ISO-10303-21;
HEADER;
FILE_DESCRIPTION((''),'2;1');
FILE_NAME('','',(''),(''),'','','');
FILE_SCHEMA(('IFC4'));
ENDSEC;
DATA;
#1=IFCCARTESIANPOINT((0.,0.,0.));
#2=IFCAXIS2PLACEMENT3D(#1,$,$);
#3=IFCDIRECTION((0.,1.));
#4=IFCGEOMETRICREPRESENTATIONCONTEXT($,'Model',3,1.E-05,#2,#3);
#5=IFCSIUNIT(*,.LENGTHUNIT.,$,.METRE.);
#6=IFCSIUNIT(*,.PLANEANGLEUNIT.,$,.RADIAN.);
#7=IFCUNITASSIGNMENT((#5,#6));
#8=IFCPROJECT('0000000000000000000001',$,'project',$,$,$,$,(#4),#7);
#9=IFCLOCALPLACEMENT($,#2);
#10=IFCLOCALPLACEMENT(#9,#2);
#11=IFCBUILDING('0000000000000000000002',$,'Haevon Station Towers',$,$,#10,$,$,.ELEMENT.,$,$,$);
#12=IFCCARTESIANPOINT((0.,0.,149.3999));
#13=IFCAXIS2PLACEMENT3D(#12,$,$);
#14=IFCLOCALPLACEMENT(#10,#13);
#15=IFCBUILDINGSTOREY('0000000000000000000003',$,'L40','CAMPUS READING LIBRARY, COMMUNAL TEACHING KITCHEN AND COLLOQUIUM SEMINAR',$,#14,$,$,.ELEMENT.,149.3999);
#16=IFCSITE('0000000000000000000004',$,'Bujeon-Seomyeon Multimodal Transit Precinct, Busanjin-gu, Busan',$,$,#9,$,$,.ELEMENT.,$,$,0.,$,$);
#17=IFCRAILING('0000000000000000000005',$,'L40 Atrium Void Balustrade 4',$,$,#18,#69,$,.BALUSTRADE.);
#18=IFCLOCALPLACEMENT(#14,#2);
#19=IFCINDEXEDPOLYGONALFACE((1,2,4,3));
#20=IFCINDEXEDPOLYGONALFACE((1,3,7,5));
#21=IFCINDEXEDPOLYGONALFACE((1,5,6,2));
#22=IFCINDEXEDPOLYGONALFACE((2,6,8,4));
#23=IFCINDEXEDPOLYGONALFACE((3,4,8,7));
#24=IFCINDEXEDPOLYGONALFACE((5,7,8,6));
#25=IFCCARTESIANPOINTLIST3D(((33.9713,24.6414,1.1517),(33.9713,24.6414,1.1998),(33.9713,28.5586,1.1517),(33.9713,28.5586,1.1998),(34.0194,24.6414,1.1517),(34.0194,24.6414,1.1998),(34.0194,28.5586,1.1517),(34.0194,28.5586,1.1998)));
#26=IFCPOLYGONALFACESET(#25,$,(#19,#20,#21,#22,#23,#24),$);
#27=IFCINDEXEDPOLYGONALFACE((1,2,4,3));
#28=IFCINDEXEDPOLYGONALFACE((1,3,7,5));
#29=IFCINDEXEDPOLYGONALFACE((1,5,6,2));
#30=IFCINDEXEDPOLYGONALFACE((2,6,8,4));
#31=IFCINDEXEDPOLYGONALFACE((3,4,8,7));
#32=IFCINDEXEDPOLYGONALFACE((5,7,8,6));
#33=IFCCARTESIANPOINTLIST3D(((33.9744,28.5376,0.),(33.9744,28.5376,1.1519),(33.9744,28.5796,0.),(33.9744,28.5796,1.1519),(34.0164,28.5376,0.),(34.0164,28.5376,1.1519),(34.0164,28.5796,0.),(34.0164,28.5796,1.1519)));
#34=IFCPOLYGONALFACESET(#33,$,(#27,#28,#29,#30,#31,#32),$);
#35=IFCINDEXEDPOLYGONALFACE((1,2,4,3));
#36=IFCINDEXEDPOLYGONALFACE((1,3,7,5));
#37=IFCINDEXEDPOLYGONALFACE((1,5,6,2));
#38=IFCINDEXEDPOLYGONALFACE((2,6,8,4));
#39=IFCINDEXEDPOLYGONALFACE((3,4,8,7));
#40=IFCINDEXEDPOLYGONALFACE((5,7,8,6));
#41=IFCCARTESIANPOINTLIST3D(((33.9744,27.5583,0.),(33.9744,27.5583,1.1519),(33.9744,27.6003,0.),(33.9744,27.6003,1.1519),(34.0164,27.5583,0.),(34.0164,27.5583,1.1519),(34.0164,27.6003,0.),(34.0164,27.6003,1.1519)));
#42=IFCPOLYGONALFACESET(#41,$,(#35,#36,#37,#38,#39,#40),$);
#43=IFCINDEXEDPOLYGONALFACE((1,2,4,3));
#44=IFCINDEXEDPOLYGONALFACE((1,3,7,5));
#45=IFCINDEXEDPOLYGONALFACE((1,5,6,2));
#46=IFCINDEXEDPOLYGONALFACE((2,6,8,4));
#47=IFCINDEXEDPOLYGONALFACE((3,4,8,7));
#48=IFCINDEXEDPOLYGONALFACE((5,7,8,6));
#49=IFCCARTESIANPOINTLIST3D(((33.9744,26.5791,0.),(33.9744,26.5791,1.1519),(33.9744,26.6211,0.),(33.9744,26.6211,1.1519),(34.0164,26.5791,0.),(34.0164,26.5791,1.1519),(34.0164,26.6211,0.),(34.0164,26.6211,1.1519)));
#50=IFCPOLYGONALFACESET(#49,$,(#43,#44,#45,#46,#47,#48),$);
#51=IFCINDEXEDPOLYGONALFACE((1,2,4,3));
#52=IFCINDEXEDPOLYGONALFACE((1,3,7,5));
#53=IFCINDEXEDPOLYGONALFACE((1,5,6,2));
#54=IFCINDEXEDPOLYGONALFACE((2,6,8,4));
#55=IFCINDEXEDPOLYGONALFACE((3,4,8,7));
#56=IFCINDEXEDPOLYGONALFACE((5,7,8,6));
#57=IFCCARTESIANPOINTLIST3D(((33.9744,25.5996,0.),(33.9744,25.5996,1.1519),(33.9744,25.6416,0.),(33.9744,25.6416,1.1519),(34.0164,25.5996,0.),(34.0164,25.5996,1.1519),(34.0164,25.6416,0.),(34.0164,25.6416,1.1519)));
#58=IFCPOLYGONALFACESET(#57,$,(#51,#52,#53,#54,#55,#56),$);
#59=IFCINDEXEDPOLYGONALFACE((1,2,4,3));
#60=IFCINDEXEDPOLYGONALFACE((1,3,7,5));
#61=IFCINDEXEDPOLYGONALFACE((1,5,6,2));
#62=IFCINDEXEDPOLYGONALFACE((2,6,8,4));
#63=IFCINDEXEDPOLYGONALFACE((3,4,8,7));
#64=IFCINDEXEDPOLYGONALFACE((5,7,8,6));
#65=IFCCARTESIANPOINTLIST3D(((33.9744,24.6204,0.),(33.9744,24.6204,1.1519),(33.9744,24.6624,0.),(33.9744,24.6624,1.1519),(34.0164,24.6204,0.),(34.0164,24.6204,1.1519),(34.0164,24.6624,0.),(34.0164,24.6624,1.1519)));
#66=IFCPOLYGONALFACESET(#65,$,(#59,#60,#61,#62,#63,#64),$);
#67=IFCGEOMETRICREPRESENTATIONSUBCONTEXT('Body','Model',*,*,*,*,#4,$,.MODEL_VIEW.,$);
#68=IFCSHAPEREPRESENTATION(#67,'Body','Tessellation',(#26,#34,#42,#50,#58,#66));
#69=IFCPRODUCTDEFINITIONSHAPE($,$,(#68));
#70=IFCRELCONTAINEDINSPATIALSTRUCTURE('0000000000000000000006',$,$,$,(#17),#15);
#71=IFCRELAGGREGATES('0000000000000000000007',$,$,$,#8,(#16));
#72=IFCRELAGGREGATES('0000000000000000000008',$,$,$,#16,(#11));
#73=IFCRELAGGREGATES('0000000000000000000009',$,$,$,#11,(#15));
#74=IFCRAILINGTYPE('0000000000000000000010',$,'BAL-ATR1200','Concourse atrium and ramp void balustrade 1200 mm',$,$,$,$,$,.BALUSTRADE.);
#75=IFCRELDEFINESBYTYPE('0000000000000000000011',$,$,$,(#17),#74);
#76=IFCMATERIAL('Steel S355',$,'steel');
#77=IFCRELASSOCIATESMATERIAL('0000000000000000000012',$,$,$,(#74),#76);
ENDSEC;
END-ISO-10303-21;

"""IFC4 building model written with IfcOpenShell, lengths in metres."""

from ifc_helpers import new_model, si_unit, direction, frame, origin, origin_2d, place, context, subcontext, project, spatial, rectangle, extrude, material, type_object, element, save


model = new_model("IFC4")

# Units and contexts
model_context = context("Model", 3, precision=1e-05, world=origin(), true_north=direction((0.0, 1.0)))
body_context = subcontext(model_context, "Body", "Model", "MODEL_VIEW")
ifc_project = project(units=[si_unit("LENGTHUNIT", "METRE"), si_unit("PLANEANGLEUNIT", "RADIAN")], contexts=[model_context])

# Site, building, storey
site_placement = place(None, origin())
site = spatial("IfcSite", under=ifc_project, at=site_placement, Name="Bujeon-Seomyeon Multimodal Transit Precinct, Busanjin-gu, Busan", CompositionType="ELEMENT", RefElevation=0.0)
building_placement = place(site_placement, origin())
building = spatial("IfcBuilding", under=site, at=building_placement, Name="Haevon Station Towers", CompositionType="ELEMENT")
storey_placement = place(building_placement, frame((0.0, 0.0, 149.3999)))
storey = spatial("IfcBuildingStorey", under=building, at=storey_placement, Name="L40", Description="CAMPUS READING LIBRARY, COMMUNAL TEACHING KITCHEN AND COLLOQUIUM SEMINAR", CompositionType="ELEMENT", Elevation=149.3999)

# Shared definitions
ifc_material_1 = material(Name="Steel S355", Category="steel")

# Railing
railing_type = type_object("IfcRailingType", Name="BAL-ATR1200", Description="Concourse atrium and ramp void balustrade 1200 mm", PredefinedType="BALUSTRADE", material=ifc_material_1)
railing_1_placement = place(storey_placement, frame((33.9954, 28.5586, 0.0)))
element("IfcRailing", 1, at=railing_1_placement, inside=storey, type_object=railing_type, Name="L40 Atrium Void Balustrade 4", PredefinedType="BALUSTRADE", context=body_context, shape_type="SweptSolid", body=[
    extrude(rectangle(XDim=0.0481, YDim=0.0481, at=origin_2d()), frame((0.0, 0.0, 1.1758), z_axis=(0.0, -1.0, 0.0), x_axis=(1.0, 0.0, 0.0)), (0.0, 0.0, 1.0), 3.9172),
    extrude(rectangle(XDim=0.042, YDim=0.042, at=origin_2d()), origin(), (0.0, 0.0, 1.0), 1.1519),
    extrude(rectangle(XDim=0.042, YDim=0.042, at=origin_2d()), frame((0.0, -0.9792, 0.0)), (0.0, 0.0, 1.0), 1.1519),
    extrude(rectangle(XDim=0.042, YDim=0.042, at=origin_2d()), frame((0.0, -1.9585, 0.0)), (0.0, 0.0, 1.0), 1.1519),
    extrude(rectangle(XDim=0.042, YDim=0.042, at=origin_2d()), frame((0.0, -2.938, 0.0)), (0.0, 0.0, 1.0), 1.1519),
    extrude(rectangle(XDim=0.042, YDim=0.042, at=origin_2d()), frame((0.0, -3.9172, 0.0)), (0.0, 0.0, 1.0), 1.1519),
])

save(model, "model.ifc")
